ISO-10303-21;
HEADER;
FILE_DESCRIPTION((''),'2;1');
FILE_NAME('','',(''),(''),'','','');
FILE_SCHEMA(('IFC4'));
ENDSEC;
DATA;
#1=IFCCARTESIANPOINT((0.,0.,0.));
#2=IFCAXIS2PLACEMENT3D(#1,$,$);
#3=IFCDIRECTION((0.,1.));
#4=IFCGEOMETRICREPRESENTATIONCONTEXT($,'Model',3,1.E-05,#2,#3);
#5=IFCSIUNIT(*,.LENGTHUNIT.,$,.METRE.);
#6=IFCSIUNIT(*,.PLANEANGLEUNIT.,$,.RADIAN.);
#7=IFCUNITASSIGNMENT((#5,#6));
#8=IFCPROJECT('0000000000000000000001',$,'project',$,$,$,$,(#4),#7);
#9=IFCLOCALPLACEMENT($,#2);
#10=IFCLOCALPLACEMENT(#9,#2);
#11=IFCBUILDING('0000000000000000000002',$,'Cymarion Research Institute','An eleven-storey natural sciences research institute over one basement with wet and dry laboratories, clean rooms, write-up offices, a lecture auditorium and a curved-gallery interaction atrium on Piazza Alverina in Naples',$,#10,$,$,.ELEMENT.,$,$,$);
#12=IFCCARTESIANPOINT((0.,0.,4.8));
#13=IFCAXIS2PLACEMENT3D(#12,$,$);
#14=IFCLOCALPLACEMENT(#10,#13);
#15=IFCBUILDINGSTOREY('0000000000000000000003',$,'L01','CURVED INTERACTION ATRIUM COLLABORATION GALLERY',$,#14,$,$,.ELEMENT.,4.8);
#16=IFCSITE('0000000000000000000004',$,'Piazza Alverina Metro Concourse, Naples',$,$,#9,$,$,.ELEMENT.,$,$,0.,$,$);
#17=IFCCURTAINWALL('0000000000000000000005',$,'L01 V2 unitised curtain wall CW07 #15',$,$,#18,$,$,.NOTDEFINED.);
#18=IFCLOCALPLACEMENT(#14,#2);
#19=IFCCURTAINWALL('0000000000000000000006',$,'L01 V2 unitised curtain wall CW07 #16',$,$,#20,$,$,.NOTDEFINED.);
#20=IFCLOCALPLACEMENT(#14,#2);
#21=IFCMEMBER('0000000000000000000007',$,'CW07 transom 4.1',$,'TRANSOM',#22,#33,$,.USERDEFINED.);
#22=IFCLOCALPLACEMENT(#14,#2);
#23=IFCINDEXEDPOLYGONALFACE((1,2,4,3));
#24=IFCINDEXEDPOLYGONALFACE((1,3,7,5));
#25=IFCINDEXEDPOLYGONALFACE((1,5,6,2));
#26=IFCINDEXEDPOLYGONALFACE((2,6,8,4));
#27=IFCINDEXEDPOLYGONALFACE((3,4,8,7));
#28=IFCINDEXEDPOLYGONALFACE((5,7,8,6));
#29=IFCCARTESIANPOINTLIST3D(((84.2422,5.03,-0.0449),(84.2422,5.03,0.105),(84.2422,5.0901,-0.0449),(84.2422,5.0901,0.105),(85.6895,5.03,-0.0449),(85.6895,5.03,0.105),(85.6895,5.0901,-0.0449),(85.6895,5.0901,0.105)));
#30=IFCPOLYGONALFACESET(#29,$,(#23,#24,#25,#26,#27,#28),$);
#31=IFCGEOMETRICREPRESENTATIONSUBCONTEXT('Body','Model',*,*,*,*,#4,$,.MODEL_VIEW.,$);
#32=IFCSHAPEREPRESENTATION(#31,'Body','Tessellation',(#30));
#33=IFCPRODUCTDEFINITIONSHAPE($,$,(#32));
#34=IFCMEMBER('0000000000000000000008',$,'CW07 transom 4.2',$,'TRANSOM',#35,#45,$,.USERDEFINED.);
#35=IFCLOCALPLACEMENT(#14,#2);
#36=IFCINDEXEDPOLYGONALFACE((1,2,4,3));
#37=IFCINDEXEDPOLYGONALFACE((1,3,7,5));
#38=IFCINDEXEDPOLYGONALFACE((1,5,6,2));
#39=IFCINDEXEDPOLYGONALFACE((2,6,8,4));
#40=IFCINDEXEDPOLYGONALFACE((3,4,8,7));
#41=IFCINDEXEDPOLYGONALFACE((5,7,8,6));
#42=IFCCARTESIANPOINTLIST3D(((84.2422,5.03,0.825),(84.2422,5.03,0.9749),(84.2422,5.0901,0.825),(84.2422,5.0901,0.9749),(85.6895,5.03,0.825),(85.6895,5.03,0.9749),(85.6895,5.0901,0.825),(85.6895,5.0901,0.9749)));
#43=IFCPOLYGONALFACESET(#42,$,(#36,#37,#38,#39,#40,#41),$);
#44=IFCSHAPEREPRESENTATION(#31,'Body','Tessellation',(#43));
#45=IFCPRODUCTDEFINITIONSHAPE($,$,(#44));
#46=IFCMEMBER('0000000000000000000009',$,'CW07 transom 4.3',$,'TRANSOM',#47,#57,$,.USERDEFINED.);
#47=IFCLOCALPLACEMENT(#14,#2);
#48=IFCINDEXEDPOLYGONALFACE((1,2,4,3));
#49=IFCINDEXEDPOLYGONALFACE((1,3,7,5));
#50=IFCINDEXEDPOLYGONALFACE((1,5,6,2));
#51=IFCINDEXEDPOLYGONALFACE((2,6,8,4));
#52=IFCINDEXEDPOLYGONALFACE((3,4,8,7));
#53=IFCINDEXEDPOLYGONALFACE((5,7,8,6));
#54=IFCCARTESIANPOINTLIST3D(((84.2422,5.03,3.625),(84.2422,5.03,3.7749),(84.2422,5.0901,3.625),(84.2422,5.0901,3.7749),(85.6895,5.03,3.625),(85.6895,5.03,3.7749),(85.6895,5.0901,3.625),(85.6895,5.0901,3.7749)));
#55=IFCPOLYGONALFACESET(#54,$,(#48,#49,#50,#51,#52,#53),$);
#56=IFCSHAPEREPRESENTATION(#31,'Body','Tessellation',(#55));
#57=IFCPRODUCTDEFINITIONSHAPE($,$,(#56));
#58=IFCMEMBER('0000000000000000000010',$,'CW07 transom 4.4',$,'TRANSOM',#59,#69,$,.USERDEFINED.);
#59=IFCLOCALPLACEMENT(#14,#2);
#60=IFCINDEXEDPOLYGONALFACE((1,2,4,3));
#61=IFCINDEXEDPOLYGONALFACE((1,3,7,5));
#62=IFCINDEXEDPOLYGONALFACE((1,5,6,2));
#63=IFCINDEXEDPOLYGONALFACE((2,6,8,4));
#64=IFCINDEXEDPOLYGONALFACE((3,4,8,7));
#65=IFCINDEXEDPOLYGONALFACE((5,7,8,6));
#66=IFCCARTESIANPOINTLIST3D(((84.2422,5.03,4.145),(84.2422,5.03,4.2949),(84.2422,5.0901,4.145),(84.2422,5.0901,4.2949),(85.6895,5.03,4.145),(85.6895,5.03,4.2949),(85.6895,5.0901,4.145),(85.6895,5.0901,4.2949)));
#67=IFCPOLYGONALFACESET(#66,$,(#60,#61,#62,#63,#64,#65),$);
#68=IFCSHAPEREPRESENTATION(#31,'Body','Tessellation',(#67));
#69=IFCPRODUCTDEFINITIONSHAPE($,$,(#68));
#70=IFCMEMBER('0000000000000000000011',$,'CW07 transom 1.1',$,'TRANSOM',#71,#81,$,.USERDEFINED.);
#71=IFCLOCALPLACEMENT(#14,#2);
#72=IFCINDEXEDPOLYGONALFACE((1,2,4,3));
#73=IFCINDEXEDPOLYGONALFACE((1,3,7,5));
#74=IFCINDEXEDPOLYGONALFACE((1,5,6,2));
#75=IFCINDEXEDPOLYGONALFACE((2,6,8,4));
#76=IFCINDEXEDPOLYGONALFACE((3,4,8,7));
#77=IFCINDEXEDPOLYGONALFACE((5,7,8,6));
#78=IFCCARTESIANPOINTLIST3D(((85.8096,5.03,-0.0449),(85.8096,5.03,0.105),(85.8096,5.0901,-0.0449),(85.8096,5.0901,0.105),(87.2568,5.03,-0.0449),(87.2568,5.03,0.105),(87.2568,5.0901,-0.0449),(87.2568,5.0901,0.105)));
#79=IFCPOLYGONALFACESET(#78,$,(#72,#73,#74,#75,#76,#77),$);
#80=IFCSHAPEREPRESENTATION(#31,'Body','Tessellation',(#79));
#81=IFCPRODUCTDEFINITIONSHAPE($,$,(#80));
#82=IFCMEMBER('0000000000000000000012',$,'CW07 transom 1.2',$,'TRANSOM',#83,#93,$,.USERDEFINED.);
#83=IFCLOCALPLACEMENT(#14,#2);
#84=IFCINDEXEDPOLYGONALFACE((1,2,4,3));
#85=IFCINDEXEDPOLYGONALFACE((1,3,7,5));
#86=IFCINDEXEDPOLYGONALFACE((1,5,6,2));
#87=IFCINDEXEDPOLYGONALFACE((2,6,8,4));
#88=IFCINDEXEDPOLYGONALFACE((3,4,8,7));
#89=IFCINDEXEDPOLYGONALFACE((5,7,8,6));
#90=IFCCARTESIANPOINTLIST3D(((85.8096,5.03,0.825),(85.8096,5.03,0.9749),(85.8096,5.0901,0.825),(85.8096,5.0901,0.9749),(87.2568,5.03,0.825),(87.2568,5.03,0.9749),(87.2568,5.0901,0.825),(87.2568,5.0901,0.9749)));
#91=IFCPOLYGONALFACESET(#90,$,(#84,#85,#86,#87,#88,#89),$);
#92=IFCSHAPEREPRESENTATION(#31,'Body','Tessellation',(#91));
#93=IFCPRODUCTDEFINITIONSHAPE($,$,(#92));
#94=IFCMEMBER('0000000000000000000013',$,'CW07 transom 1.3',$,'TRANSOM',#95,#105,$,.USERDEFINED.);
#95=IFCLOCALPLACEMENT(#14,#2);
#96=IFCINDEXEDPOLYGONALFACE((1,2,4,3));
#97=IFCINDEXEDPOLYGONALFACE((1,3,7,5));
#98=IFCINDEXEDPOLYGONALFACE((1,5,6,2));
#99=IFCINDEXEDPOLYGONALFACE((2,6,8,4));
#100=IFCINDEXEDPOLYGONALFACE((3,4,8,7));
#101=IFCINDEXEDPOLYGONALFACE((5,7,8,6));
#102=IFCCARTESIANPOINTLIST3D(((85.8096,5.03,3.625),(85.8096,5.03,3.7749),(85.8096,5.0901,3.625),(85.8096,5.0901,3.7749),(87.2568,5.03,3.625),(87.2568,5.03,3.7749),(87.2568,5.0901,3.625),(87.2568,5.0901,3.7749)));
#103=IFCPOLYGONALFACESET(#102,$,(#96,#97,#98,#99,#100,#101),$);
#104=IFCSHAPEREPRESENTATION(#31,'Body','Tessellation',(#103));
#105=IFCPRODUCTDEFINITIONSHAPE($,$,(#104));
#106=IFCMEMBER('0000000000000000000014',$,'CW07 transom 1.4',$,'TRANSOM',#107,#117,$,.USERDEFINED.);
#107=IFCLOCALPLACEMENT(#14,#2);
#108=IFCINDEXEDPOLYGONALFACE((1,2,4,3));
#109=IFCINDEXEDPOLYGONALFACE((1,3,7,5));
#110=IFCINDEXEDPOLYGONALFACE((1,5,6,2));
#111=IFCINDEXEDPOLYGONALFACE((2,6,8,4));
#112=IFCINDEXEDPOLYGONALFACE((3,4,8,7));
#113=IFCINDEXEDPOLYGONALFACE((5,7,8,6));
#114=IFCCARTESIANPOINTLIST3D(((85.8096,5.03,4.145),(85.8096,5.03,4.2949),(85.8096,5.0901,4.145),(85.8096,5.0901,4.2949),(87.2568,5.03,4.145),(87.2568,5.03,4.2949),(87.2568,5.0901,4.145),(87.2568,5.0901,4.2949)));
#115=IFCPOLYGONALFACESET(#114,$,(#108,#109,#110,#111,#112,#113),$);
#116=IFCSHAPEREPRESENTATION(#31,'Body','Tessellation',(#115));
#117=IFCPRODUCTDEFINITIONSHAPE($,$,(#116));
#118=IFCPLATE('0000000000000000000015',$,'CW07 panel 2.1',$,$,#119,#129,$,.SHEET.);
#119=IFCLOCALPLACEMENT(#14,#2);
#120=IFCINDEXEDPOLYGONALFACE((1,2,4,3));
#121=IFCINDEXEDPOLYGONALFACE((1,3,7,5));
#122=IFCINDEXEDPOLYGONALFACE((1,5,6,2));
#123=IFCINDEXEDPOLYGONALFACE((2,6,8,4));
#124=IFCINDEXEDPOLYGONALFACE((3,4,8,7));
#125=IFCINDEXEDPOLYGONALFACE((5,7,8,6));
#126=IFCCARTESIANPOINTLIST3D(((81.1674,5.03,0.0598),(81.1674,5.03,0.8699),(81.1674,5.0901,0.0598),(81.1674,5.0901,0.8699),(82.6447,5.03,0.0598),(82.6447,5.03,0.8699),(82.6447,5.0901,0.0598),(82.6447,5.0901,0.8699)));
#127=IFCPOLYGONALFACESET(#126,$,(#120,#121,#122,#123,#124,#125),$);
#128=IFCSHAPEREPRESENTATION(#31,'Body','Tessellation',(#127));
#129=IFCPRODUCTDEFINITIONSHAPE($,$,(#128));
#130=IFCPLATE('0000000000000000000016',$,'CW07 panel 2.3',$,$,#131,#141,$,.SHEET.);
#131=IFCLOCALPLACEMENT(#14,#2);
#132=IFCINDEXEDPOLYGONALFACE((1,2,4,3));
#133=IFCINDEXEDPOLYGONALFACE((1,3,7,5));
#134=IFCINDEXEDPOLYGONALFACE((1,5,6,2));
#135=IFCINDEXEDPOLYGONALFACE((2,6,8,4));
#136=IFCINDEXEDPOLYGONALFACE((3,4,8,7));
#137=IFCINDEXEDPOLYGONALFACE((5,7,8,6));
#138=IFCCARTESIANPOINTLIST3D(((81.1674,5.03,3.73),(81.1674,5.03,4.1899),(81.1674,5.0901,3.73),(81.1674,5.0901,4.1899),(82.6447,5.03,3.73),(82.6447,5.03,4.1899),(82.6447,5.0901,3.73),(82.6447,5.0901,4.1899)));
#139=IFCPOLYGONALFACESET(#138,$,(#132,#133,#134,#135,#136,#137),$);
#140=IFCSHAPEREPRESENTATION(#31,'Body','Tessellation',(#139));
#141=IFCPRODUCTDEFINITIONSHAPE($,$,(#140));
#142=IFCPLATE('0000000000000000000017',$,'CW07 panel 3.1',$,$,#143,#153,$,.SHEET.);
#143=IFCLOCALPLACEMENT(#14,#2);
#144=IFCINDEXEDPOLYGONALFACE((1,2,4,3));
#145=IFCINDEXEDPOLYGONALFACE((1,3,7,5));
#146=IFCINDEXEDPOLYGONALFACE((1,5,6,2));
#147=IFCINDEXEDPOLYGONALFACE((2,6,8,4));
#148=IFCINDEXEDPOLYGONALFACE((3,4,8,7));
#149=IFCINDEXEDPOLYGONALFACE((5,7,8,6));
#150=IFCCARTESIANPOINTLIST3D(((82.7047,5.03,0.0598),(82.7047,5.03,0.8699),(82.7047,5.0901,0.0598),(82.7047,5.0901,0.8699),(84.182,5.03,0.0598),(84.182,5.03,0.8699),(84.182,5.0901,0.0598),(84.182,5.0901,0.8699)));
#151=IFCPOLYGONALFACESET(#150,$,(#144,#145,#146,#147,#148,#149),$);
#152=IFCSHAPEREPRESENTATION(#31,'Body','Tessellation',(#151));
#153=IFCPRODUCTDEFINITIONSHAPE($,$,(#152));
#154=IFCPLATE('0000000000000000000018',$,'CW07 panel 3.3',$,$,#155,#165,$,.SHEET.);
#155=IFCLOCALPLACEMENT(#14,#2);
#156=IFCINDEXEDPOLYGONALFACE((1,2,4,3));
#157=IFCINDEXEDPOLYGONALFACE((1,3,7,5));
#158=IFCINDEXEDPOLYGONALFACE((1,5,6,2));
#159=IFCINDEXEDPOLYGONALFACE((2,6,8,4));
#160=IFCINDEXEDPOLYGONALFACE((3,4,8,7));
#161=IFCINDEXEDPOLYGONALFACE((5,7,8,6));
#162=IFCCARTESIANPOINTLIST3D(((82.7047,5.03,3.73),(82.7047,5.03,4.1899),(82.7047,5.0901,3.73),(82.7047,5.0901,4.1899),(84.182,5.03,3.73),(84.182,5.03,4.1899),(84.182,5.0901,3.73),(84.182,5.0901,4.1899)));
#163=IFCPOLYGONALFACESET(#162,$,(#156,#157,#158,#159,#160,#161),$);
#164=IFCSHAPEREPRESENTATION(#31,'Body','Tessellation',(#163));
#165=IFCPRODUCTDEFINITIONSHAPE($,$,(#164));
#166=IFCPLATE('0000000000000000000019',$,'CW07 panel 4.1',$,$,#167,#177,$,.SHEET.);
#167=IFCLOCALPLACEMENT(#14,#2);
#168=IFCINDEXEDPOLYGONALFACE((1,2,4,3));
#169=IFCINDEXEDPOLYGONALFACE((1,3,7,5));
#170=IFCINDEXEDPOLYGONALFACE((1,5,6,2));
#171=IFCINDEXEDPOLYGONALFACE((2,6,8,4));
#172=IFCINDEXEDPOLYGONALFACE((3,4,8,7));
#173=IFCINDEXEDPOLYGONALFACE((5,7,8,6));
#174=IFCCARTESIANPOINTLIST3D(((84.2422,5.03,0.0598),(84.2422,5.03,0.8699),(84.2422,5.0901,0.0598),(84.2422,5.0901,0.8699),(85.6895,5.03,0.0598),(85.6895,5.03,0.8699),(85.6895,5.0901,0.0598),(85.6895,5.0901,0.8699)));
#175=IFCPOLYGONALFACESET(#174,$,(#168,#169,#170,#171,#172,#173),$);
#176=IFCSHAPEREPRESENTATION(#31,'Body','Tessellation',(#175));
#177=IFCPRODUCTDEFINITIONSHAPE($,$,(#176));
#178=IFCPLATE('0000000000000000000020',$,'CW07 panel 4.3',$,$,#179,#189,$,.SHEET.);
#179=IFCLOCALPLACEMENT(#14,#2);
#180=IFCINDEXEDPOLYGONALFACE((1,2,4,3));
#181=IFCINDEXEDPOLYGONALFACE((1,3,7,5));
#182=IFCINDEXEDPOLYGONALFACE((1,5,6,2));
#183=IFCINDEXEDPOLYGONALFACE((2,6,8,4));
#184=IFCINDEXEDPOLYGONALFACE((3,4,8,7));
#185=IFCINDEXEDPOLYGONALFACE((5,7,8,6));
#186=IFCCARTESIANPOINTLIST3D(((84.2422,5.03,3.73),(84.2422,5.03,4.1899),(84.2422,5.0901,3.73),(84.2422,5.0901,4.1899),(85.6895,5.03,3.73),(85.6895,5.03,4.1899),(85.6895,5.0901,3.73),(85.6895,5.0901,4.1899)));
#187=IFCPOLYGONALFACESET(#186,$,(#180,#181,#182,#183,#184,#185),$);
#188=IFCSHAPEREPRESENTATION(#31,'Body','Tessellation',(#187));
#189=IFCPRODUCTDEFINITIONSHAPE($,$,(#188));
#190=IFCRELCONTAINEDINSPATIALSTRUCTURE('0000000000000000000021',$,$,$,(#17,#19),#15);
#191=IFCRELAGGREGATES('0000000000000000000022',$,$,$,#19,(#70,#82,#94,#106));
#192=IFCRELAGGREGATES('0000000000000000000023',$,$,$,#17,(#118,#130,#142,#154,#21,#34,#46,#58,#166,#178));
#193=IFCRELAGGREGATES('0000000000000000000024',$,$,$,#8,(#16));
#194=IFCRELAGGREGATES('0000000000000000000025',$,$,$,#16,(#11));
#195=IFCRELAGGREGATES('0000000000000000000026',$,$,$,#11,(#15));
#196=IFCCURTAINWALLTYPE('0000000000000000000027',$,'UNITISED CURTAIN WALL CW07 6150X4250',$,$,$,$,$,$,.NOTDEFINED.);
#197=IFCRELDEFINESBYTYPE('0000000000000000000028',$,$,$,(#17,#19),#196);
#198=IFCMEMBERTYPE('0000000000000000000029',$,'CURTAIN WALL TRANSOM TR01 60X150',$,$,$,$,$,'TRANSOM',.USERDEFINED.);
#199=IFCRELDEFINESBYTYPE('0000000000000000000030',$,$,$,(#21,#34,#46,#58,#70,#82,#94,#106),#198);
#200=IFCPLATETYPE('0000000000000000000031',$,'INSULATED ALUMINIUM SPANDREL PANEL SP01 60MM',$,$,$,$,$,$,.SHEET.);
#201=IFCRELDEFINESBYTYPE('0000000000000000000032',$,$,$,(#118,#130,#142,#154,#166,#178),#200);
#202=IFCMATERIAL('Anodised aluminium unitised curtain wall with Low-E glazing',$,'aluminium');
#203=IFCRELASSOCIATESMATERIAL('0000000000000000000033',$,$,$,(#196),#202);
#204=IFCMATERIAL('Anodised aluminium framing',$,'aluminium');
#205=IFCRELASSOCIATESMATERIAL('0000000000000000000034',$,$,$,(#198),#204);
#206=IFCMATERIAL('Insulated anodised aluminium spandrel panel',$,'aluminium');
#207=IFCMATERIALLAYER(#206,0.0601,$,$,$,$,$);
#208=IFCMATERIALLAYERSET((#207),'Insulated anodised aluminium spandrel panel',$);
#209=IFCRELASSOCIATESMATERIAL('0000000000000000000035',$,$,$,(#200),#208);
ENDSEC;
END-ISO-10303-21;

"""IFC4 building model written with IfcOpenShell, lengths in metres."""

from ifc_helpers import new_model, si_unit, direction, frame, origin, origin_2d, place, context, subcontext, project, spatial, rectangle, extrude, material, layer, layer_set, material_profile, profile_set, type_object, element, aggregate, save


model = new_model("IFC4")

# Units and contexts
model_context = context("Model", 3, precision=1e-05, world=origin(), true_north=direction((0.0, 1.0)))
body_context = subcontext(model_context, "Body", "Model", "MODEL_VIEW")
ifc_project = project(units=[si_unit("LENGTHUNIT", "METRE"), si_unit("PLANEANGLEUNIT", "RADIAN")], contexts=[model_context])

# Site, building, storey
site_placement = place(None, origin())
site = spatial("IfcSite", under=ifc_project, at=site_placement, Name="Piazza Alverina Metro Concourse, Naples", CompositionType="ELEMENT", RefElevation=0.0)
building_placement = place(site_placement, origin())
building = spatial("IfcBuilding", under=site, at=building_placement, Name="Cymarion Research Institute", Description="An eleven-storey natural sciences research institute over one basement with wet and dry laboratories, clean rooms, write-up offices, a lecture auditorium and a curved-gallery interaction atrium on Piazza Alverina in Naples", CompositionType="ELEMENT")
storey_placement = place(building_placement, frame((0.0, 0.0, 4.8)))
storey = spatial("IfcBuildingStorey", under=building, at=storey_placement, Name="L01", Description="CURVED INTERACTION ATRIUM COLLABORATION GALLERY", CompositionType="ELEMENT", Elevation=4.8)

# Curtain wall
ifc_material_1 = material(Name="Anodised aluminium unitised curtain wall with Low-E glazing", Category="aluminium")
curtain_wall_type = type_object("IfcCurtainWallType", Name="UNITISED CURTAIN WALL CW07 6150X4250", PredefinedType="NOTDEFINED", material=ifc_material_1)
curtain_wall_1_placement = place(storey_placement, origin())
curtain_wall_1 = element("IfcCurtainWall", 1, at=curtain_wall_1_placement, inside=storey, type_object=curtain_wall_type, Name="L01 V2 unitised curtain wall CW07 #15", PredefinedType="NOTDEFINED")
ifc_material_2 = material(Name="Anodised aluminium framing", Category="aluminium")

# Curtain wall
curtain_wall_2_placement = place(storey_placement, origin())
curtain_wall_2 = element("IfcCurtainWall", 2, at=curtain_wall_2_placement, inside=storey, type_object=curtain_wall_type, Name="L01 V2 unitised curtain wall CW07 #16", PredefinedType="NOTDEFINED")

# Members
ifc_material_profile_1 = material_profile(ifc_material_2, rectangle(XDim=0.0601, YDim=0.1499, at=origin_2d()), Name="ALU TRANSOM 60x150")
ifc_profile_set_1 = profile_set([ifc_material_profile_1], Name="Anodised aluminium framing")
member_type_1 = type_object("IfcMemberType", Name="CURTAIN WALL TRANSOM TR01 60X150", ElementType="TRANSOM", PredefinedType="USERDEFINED", material=ifc_profile_set_1)
member_1_placement = place(storey_placement, frame((84.2422, 5.0601, 0.03), z_axis=(1.0, 0.0, 0.0), x_axis=(0.0, 1.0, 0.0)))
member_1 = element("IfcMember", 3, at=member_1_placement, type_object=member_type_1, Name="CW07 transom 4.1", ObjectType="TRANSOM", PredefinedType="USERDEFINED", context=body_context, shape_type="SweptSolid", body=[
    extrude(rectangle(XDim=0.0601, YDim=0.1499, at=origin_2d()), origin(), (0.0, 0.0, 1.0), 1.4473),
])
member_2_placement = place(storey_placement, frame((84.2422, 5.0601, 0.8999), z_axis=(1.0, 0.0, 0.0), x_axis=(0.0, 1.0, 0.0)))
member_2 = element("IfcMember", 4, at=member_2_placement, type_object=member_type_1, Name="CW07 transom 4.2", ObjectType="TRANSOM", PredefinedType="USERDEFINED", context=body_context, shape_type="SweptSolid", body=[
    extrude(rectangle(XDim=0.0601, YDim=0.1499, at=origin_2d()), origin(), (0.0, 0.0, 1.0), 1.4473),
])
member_3_placement = place(storey_placement, frame((84.2422, 5.0601, 3.7), z_axis=(1.0, 0.0, 0.0), x_axis=(0.0, 1.0, 0.0)))
member_3 = element("IfcMember", 5, at=member_3_placement, type_object=member_type_1, Name="CW07 transom 4.3", ObjectType="TRANSOM", PredefinedType="USERDEFINED", context=body_context, shape_type="SweptSolid", body=[
    extrude(rectangle(XDim=0.0601, YDim=0.1499, at=origin_2d()), origin(), (0.0, 0.0, 1.0), 1.4473),
])
member_4_placement = place(storey_placement, frame((84.2422, 5.0601, 4.22), z_axis=(1.0, 0.0, 0.0), x_axis=(0.0, 1.0, 0.0)))
member_4 = element("IfcMember", 6, at=member_4_placement, type_object=member_type_1, Name="CW07 transom 4.4", ObjectType="TRANSOM", PredefinedType="USERDEFINED", context=body_context, shape_type="SweptSolid", body=[
    extrude(rectangle(XDim=0.0601, YDim=0.1499, at=origin_2d()), origin(), (0.0, 0.0, 1.0), 1.4473),
])
member_5_placement = place(storey_placement, frame((85.8096, 5.0601, 0.03), z_axis=(1.0, 0.0, 0.0), x_axis=(0.0, 1.0, 0.0)))
member_5 = element("IfcMember", 7, at=member_5_placement, type_object=member_type_1, Name="CW07 transom 1.1", ObjectType="TRANSOM", PredefinedType="USERDEFINED", context=body_context, shape_type="SweptSolid", body=[
    extrude(rectangle(XDim=0.0601, YDim=0.1499, at=origin_2d()), origin(), (0.0, 0.0, 1.0), 1.4473),
])
member_6_placement = place(storey_placement, frame((85.8096, 5.0601, 0.8999), z_axis=(1.0, 0.0, 0.0), x_axis=(0.0, 1.0, 0.0)))
member_6 = element("IfcMember", 8, at=member_6_placement, type_object=member_type_1, Name="CW07 transom 1.2", ObjectType="TRANSOM", PredefinedType="USERDEFINED", context=body_context, shape_type="SweptSolid", body=[
    extrude(rectangle(XDim=0.0601, YDim=0.1499, at=origin_2d()), origin(), (0.0, 0.0, 1.0), 1.4473),
])
member_7_placement = place(storey_placement, frame((85.8096, 5.0601, 3.7), z_axis=(1.0, 0.0, 0.0), x_axis=(0.0, 1.0, 0.0)))
member_7 = element("IfcMember", 9, at=member_7_placement, type_object=member_type_1, Name="CW07 transom 1.3", ObjectType="TRANSOM", PredefinedType="USERDEFINED", context=body_context, shape_type="SweptSolid", body=[
    extrude(rectangle(XDim=0.0601, YDim=0.1499, at=origin_2d()), origin(), (0.0, 0.0, 1.0), 1.4473),
])
member_8_placement = place(storey_placement, frame((85.8096, 5.0601, 4.22), z_axis=(1.0, 0.0, 0.0), x_axis=(0.0, 1.0, 0.0)))
member_8 = element("IfcMember", 10, at=member_8_placement, type_object=member_type_1, Name="CW07 transom 1.4", ObjectType="TRANSOM", PredefinedType="USERDEFINED", context=body_context, shape_type="SweptSolid", body=[
    extrude(rectangle(XDim=0.0601, YDim=0.1499, at=origin_2d()), origin(), (0.0, 0.0, 1.0), 1.4473),
])
aggregate(curtain_wall_2, [member_5, member_6, member_7, member_8])

# Plates
ifc_material_3 = material(Name="Insulated anodised aluminium spandrel panel", Category="aluminium")
ifc_layer_1 = layer(ifc_material_3, 0.0601)
ifc_layer_set_1 = layer_set([ifc_layer_1], Name="Insulated anodised aluminium spandrel panel")
plate_type_1 = type_object("IfcPlateType", Name="INSULATED ALUMINIUM SPANDREL PANEL SP01 60MM", PredefinedType="SHEET", material=ifc_layer_set_1)
plate_1_placement = place(storey_placement, frame((81.906, 5.0601, 0.0598), z_axis=(0.0, 0.0, 1.0), x_axis=(1.0, 0.0, 0.0)))
plate_1 = element("IfcPlate", 11, at=plate_1_placement, type_object=plate_type_1, Name="CW07 panel 2.1", PredefinedType="SHEET", context=body_context, shape_type="SweptSolid", body=[
    extrude(rectangle(XDim=1.4773, YDim=0.0601, at=origin_2d()), origin(), (0.0, 0.0, 1.0), 0.8101),
])
plate_2_placement = place(storey_placement, frame((81.906, 5.0601, 3.73), z_axis=(0.0, 0.0, 1.0), x_axis=(1.0, 0.0, 0.0)))
plate_2 = element("IfcPlate", 12, at=plate_2_placement, type_object=plate_type_1, Name="CW07 panel 2.3", PredefinedType="SHEET", context=body_context, shape_type="SweptSolid", body=[
    extrude(rectangle(XDim=1.4773, YDim=0.0601, at=origin_2d()), origin(), (0.0, 0.0, 1.0), 0.46),
])
plate_3_placement = place(storey_placement, frame((83.4434, 5.0601, 0.0598), z_axis=(0.0, 0.0, 1.0), x_axis=(1.0, 0.0, 0.0)))
plate_3 = element("IfcPlate", 13, at=plate_3_placement, type_object=plate_type_1, Name="CW07 panel 3.1", PredefinedType="SHEET", context=body_context, shape_type="SweptSolid", body=[
    extrude(rectangle(XDim=1.4773, YDim=0.0601, at=origin_2d()), origin(), (0.0, 0.0, 1.0), 0.8101),
])
plate_4_placement = place(storey_placement, frame((83.4434, 5.0601, 3.73), z_axis=(0.0, 0.0, 1.0), x_axis=(1.0, 0.0, 0.0)))
plate_4 = element("IfcPlate", 14, at=plate_4_placement, type_object=plate_type_1, Name="CW07 panel 3.3", PredefinedType="SHEET", context=body_context, shape_type="SweptSolid", body=[
    extrude(rectangle(XDim=1.4773, YDim=0.0601, at=origin_2d()), origin(), (0.0, 0.0, 1.0), 0.46),
])
plate_5_placement = place(storey_placement, frame((84.9658, 5.0601, 0.0598), z_axis=(0.0, 0.0, 1.0), x_axis=(1.0, 0.0, 0.0)))
plate_5 = element("IfcPlate", 15, at=plate_5_placement, type_object=plate_type_1, Name="CW07 panel 4.1", PredefinedType="SHEET", context=body_context, shape_type="SweptSolid", body=[
    extrude(rectangle(XDim=1.4473, YDim=0.0601, at=origin_2d()), origin(), (0.0, 0.0, 1.0), 0.8101),
])
plate_6_placement = place(storey_placement, frame((84.9658, 5.0601, 3.73), z_axis=(0.0, 0.0, 1.0), x_axis=(1.0, 0.0, 0.0)))
plate_6 = element("IfcPlate", 16, at=plate_6_placement, type_object=plate_type_1, Name="CW07 panel 4.3", PredefinedType="SHEET", context=body_context, shape_type="SweptSolid", body=[
    extrude(rectangle(XDim=1.4473, YDim=0.0601, at=origin_2d()), origin(), (0.0, 0.0, 1.0), 0.46),
])
aggregate(curtain_wall_1, [plate_1, plate_2, plate_3, plate_4, member_1, member_2, member_3, member_4, plate_5, plate_6])

save(model, "model.ifc")
